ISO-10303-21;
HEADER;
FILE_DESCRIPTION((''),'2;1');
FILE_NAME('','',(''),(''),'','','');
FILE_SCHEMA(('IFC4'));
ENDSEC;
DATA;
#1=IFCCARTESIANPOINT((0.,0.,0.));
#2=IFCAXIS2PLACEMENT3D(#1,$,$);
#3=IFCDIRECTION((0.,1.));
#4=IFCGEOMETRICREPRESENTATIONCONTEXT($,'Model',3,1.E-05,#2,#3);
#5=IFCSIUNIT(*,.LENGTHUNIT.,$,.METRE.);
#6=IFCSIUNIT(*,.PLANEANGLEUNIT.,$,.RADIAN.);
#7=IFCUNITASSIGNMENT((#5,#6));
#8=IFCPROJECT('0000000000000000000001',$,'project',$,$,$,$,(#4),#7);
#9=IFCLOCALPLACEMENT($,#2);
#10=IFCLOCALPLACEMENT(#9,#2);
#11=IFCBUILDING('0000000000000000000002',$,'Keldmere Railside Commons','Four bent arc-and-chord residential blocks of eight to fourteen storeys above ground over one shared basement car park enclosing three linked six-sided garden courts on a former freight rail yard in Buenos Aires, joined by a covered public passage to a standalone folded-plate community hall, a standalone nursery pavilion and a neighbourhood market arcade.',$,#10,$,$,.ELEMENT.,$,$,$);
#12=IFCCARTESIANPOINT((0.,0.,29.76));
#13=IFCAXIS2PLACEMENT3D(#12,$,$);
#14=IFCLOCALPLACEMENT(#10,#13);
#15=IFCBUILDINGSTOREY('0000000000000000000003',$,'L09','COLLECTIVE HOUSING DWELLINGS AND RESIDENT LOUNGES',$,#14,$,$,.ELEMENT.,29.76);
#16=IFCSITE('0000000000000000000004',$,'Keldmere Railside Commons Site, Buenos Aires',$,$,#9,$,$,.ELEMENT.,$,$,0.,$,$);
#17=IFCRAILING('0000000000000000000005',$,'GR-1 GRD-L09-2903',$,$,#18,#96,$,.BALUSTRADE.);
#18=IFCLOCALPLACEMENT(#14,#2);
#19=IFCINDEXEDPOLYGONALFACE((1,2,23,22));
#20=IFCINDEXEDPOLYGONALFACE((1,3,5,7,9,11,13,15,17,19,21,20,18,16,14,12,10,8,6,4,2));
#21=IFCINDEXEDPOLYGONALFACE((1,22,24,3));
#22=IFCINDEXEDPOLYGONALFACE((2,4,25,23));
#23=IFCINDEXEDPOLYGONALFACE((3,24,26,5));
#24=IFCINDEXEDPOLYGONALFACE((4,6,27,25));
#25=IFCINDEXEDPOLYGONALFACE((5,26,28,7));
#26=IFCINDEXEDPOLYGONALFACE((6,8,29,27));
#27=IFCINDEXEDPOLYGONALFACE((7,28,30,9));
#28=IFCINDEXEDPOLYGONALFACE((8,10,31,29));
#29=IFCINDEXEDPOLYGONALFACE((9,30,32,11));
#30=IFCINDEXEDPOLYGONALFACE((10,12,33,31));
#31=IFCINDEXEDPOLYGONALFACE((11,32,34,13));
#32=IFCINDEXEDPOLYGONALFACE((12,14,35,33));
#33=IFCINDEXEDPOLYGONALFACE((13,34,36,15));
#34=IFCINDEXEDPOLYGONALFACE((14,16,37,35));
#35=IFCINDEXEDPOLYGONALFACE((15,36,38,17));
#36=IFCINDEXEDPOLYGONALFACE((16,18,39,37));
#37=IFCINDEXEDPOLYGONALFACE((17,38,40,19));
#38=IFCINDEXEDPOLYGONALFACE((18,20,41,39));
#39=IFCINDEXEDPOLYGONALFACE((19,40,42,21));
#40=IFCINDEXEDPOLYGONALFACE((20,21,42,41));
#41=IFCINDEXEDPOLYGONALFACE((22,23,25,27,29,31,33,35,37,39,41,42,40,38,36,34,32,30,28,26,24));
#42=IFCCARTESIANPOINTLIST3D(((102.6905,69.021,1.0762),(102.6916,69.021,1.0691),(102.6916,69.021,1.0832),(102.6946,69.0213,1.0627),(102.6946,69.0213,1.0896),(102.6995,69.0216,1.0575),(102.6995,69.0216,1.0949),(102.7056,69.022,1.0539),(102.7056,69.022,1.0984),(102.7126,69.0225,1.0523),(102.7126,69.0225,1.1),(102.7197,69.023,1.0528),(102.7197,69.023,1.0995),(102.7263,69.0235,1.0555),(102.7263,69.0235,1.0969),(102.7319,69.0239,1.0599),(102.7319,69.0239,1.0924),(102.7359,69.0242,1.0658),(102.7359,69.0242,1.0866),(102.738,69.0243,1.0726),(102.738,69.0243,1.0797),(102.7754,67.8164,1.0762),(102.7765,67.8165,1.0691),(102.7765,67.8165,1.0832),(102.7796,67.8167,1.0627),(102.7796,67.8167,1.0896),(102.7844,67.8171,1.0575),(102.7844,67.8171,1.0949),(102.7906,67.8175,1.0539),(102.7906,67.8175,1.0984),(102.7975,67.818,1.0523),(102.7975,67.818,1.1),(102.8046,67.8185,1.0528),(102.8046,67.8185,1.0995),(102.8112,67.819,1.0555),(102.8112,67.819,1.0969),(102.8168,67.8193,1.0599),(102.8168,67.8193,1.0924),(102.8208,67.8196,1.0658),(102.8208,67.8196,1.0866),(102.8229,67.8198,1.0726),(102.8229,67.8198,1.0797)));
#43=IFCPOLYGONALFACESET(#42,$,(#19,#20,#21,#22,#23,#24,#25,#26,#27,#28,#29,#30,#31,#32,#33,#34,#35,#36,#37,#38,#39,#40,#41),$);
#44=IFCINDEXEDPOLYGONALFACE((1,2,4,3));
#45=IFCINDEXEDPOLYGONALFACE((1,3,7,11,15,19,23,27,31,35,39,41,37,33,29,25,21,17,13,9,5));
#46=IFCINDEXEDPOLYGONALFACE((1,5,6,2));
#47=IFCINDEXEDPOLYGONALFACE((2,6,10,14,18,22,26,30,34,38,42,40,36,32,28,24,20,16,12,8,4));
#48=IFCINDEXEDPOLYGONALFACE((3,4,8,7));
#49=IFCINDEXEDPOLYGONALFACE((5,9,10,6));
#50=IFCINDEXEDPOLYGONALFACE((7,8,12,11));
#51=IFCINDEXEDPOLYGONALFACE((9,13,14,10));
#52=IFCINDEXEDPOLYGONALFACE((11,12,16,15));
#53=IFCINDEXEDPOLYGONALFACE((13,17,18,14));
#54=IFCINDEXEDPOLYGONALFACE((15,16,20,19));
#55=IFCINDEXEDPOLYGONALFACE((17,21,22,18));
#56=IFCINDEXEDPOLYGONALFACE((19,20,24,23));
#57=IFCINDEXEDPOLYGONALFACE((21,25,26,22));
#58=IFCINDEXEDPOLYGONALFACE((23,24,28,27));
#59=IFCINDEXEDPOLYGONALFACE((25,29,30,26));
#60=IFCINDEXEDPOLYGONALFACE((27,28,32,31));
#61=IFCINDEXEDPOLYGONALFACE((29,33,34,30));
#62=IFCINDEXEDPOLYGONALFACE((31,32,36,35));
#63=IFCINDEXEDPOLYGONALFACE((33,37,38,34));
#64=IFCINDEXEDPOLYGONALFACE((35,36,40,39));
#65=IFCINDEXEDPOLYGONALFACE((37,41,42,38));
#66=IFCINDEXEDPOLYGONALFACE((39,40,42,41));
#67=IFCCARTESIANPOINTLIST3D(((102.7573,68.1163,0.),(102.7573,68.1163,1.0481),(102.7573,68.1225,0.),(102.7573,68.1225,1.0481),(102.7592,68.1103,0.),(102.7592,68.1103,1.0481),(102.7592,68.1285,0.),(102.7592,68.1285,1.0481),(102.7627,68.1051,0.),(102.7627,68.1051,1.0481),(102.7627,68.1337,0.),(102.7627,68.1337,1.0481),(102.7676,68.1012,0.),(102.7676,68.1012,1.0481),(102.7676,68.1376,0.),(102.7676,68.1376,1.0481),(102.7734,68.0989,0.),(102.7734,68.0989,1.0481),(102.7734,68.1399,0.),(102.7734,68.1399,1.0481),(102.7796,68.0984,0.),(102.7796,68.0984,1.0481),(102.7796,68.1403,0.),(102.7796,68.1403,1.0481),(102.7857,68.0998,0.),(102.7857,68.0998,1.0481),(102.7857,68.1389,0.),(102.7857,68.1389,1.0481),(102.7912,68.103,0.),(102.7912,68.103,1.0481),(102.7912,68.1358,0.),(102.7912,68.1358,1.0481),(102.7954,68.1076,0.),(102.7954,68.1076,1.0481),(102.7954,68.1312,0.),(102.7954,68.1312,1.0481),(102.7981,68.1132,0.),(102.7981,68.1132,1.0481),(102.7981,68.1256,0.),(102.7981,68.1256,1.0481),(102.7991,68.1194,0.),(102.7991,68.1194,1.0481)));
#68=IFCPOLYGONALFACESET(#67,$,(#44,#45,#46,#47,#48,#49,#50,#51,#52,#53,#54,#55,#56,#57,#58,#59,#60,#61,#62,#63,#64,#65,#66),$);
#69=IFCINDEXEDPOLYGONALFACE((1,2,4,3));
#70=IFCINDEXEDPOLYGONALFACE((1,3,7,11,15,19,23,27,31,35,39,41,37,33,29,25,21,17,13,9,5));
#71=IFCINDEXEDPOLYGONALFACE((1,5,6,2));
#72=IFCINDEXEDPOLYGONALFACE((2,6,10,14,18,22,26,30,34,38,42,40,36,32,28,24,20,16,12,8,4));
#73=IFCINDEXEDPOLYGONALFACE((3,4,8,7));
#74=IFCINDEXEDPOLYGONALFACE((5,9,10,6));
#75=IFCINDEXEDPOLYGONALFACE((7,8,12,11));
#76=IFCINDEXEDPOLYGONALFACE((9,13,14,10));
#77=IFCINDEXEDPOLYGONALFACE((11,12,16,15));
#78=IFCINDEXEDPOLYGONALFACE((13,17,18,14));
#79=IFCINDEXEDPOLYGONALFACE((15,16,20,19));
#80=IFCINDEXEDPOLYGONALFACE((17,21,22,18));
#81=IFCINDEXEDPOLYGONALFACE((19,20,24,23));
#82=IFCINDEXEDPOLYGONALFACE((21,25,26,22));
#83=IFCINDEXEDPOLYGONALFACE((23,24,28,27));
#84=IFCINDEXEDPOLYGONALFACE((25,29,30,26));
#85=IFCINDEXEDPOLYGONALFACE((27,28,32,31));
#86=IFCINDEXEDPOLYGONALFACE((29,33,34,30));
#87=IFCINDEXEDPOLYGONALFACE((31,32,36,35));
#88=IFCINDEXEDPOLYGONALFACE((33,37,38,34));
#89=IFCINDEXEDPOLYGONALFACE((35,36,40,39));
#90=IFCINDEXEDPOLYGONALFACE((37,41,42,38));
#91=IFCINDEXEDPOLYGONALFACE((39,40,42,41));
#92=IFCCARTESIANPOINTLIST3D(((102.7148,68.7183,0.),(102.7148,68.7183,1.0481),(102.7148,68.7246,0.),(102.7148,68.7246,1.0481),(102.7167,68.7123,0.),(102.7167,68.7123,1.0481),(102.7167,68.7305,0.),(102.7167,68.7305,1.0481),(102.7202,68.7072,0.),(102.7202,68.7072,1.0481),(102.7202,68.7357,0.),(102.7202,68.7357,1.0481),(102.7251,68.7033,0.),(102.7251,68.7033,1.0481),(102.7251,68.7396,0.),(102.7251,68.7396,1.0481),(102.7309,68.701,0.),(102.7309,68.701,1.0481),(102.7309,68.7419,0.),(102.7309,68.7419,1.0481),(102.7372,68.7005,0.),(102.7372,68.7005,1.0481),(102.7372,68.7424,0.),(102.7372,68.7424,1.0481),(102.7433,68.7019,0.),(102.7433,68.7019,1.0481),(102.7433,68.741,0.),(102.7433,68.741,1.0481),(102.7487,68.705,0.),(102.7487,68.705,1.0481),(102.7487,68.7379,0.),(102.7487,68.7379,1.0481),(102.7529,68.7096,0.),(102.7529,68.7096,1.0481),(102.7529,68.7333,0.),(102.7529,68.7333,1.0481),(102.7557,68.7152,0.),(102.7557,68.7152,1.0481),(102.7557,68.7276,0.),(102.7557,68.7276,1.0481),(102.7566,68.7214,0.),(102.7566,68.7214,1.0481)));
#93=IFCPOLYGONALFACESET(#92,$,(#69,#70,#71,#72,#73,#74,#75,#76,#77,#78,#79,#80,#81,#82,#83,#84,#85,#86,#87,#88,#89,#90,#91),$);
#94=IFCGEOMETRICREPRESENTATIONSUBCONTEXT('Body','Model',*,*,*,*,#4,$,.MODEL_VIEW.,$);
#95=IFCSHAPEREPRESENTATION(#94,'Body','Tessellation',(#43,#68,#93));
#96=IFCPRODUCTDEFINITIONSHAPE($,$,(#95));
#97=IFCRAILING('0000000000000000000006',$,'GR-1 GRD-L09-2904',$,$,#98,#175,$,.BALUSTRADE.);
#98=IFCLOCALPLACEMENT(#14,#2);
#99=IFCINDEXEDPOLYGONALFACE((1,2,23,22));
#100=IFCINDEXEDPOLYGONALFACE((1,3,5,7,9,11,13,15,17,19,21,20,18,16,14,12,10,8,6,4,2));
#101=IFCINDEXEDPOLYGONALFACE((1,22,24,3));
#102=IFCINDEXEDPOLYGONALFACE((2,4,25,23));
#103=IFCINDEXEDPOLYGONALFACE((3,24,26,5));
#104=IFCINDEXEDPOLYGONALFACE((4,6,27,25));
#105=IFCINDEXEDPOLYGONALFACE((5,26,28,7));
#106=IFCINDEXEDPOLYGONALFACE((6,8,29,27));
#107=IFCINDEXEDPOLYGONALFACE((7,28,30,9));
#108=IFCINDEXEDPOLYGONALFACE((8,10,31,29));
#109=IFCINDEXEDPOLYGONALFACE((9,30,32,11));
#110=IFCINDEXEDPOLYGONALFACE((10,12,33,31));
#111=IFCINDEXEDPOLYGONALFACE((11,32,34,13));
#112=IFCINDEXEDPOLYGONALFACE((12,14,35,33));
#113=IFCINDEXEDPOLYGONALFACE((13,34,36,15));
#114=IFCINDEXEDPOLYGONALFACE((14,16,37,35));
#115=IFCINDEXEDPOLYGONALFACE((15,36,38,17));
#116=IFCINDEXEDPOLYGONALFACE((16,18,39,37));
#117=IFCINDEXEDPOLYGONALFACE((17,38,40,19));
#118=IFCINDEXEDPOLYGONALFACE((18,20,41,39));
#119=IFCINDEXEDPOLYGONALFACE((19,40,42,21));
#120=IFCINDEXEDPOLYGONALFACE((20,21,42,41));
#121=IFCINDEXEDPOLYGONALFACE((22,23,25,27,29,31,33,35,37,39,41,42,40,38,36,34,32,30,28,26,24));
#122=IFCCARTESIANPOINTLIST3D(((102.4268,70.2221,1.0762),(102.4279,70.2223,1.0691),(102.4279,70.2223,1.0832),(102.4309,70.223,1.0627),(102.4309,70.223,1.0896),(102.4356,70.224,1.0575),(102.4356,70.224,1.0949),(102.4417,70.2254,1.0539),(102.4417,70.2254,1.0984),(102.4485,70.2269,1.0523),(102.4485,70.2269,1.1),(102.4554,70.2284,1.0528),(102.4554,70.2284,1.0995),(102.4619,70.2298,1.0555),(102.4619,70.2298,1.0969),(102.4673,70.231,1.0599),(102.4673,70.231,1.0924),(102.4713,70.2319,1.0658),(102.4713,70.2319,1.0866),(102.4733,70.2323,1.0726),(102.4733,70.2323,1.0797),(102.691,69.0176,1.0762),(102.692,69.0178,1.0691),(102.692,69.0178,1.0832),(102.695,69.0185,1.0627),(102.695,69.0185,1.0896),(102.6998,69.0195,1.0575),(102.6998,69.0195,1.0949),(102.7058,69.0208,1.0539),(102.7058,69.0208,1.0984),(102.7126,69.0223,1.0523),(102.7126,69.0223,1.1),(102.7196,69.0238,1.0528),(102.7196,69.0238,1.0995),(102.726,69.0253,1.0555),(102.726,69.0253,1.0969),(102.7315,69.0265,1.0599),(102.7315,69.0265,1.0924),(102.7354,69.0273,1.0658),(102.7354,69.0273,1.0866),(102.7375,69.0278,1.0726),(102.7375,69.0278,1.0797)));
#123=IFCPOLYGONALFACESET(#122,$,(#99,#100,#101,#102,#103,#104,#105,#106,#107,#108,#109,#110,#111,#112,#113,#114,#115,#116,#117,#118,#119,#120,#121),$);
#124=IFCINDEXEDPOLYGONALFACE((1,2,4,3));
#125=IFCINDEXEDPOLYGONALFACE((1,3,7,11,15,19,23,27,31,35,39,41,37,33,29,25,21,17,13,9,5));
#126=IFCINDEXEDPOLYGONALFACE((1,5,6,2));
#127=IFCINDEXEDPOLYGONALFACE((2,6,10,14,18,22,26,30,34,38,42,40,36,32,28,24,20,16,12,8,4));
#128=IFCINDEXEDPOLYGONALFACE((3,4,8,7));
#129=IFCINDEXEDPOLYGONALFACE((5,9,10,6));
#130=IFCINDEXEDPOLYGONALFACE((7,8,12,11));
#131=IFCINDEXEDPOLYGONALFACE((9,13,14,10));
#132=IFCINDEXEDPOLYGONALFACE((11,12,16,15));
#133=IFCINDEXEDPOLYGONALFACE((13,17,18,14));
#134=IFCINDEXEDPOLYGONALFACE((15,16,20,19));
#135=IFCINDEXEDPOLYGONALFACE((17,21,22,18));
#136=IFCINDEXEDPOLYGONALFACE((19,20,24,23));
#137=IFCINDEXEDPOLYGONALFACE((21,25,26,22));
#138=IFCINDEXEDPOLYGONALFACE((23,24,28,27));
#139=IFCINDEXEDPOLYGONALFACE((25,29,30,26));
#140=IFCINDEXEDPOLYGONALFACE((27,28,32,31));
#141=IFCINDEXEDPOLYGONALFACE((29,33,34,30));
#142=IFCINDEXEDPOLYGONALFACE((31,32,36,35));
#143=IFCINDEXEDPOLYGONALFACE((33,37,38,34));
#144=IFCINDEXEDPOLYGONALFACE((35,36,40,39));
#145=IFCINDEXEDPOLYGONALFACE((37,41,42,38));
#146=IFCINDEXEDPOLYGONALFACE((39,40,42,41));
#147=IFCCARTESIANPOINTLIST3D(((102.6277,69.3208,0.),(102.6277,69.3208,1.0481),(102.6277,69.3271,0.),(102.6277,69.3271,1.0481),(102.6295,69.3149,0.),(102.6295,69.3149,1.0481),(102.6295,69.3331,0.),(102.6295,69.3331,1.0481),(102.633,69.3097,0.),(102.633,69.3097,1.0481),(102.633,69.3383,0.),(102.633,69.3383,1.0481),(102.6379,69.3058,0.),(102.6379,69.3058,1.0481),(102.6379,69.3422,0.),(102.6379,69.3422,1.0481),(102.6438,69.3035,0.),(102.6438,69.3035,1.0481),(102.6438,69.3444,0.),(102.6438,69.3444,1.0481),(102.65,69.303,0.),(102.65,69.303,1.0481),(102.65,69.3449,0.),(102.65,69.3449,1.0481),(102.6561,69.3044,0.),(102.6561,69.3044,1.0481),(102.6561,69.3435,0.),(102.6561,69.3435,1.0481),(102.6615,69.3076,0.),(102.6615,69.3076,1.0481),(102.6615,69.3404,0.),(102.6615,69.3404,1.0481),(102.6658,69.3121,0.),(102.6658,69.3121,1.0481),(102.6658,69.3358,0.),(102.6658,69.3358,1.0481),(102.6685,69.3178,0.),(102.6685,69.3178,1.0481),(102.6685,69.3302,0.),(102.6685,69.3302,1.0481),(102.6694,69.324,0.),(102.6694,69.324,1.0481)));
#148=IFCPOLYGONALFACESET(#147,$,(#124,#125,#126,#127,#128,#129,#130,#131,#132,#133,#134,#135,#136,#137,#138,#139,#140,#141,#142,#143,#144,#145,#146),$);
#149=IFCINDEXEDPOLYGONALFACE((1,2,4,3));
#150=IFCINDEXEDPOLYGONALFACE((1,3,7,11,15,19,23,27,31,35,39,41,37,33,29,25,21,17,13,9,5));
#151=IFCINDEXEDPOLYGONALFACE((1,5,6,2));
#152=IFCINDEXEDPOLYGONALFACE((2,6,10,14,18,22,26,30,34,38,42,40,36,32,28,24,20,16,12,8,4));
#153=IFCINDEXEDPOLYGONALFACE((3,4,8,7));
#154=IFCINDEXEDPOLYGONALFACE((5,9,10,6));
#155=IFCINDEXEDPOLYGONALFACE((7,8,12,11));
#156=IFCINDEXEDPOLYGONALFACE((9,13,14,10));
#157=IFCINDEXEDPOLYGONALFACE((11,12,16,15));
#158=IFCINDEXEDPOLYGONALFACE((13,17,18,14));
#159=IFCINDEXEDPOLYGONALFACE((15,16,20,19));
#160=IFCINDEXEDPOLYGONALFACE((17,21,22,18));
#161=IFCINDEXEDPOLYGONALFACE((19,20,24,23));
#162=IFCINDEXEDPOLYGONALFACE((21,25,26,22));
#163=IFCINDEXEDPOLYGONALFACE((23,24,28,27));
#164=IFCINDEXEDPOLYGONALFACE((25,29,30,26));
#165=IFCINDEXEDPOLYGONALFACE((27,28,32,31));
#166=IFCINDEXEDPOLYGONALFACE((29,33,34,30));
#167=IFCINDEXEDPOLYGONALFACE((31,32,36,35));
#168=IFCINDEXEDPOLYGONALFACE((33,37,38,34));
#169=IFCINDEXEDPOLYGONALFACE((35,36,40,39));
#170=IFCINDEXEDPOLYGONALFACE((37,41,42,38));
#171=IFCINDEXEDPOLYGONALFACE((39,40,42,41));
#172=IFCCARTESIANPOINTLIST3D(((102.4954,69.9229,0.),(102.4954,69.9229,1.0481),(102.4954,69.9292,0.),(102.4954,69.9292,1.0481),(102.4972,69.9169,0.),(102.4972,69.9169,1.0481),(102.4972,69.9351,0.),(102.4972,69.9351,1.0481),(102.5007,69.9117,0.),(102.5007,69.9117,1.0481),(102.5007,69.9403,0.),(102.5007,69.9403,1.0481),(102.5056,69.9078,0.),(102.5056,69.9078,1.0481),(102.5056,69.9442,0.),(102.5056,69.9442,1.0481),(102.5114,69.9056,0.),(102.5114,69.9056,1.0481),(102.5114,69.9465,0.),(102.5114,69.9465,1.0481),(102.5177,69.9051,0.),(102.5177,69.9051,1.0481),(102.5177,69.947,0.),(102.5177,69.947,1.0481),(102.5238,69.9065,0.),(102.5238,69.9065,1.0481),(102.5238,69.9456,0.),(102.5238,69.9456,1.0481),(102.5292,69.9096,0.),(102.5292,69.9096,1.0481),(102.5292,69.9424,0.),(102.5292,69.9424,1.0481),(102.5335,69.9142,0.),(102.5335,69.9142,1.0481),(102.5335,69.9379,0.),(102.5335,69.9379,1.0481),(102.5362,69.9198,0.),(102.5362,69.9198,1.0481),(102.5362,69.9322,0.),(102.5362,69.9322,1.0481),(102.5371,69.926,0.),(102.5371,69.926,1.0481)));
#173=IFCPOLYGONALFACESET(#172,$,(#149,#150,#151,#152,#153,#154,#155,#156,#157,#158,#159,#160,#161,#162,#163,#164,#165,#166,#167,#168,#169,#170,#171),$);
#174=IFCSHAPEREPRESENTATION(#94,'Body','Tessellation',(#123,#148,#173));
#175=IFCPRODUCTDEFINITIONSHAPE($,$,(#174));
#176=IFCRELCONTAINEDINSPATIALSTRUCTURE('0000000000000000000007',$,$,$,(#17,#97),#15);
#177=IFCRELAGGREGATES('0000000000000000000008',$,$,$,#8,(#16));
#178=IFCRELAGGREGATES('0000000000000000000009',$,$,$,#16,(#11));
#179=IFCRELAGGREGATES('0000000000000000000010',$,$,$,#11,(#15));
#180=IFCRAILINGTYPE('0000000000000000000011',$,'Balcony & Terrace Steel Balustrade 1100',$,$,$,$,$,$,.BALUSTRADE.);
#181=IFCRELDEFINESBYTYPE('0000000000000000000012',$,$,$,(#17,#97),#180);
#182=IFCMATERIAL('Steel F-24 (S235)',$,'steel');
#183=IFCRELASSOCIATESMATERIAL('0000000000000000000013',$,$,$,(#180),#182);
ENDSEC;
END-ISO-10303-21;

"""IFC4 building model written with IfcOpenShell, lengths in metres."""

from ifc_helpers import new_model, si_unit, direction, frame, origin, origin_2d, place, context, subcontext, project, spatial, circle, extrude, material, type_object, element, save


model = new_model("IFC4")

# Units and contexts
model_context = context("Model", 3, precision=1e-05, world=origin(), true_north=direction((0.0, 1.0)))
body_context = subcontext(model_context, "Body", "Model", "MODEL_VIEW")
ifc_project = project(units=[si_unit("LENGTHUNIT", "METRE"), si_unit("PLANEANGLEUNIT", "RADIAN")], contexts=[model_context])

# Site, building, storey
site_placement = place(None, origin())
site = spatial("IfcSite", under=ifc_project, at=site_placement, Name="Keldmere Railside Commons Site, Buenos Aires", CompositionType="ELEMENT", RefElevation=0.0)
building_placement = place(site_placement, origin())
building = spatial("IfcBuilding", under=site, at=building_placement, Name="Keldmere Railside Commons", Description="Four bent arc-and-chord residential blocks of eight to fourteen storeys above ground over one shared basement car park enclosing three linked six-sided garden courts on a former freight rail yard in Buenos Aires, joined by a covered public passage to a standalone folded-plate community hall, a standalone nursery pavilion and a neighbourhood market arcade.", CompositionType="ELEMENT")
storey_placement = place(building_placement, frame((0.0, 0.0, 29.76)))
storey = spatial("IfcBuildingStorey", under=building, at=storey_placement, Name="L09", Description="COLLECTIVE HOUSING DWELLINGS AND RESIDENT LOUNGES", CompositionType="ELEMENT", Elevation=29.76)

# Railings
ifc_material_1 = material(Name="Steel F-24 (S235)", Category="steel")
railing_type_1 = type_object("IfcRailingType", Name="Balcony & Terrace Steel Balustrade 1100", PredefinedType="BALUSTRADE", material=ifc_material_1)
railing_1_placement = place(storey_placement, frame((102.7993, 67.8181, 0.0)))
element("IfcRailing", 1, at=railing_1_placement, inside=storey, type_object=railing_type_1, Name="GR-1 GRD-L09-2903", PredefinedType="BALUSTRADE", context=body_context, shape_type="SweptSolid", body=[
    extrude(circle(Radius=0.0239, at=origin_2d()), frame((0.0, 0.0, 1.0762), z_axis=(-0.070356, 0.997522, 0.0), x_axis=(-0.997522, -0.070356, 0.0)), (0.0, 0.0, 1.0), 1.2075),
    extrude(circle(Radius=0.021, at=origin_2d()), frame((-0.0212, 0.3013, 0.0)), (0.0, 0.0, 1.0), 1.0481),
    extrude(circle(Radius=0.021, at=origin_2d()), frame((-0.0637, 0.9033, 0.0)), (0.0, 0.0, 1.0), 1.0481),
])
railing_2_placement = place(storey_placement, frame((102.7144, 69.0227, 0.0)))
element("IfcRailing", 2, at=railing_2_placement, inside=storey, type_object=railing_type_1, Name="GR-1 GRD-L09-2904", PredefinedType="BALUSTRADE", context=body_context, shape_type="SweptSolid", body=[
    extrude(circle(Radius=0.0239, at=origin_2d()), frame((0.0, 0.0, 1.0762), z_axis=(-0.214205, 0.976789, 0.0), x_axis=(-0.976789, -0.214205, 0.0)), (0.0, 0.0, 1.0), 1.2332),
    extrude(circle(Radius=0.021, at=origin_2d()), frame((-0.0659, 0.3013, 0.0)), (0.0, 0.0, 1.0), 1.0481),
    extrude(circle(Radius=0.021, at=origin_2d()), frame((-0.1982, 0.9033, 0.0)), (0.0, 0.0, 1.0), 1.0481),
])

save(model, "model.ifc")
